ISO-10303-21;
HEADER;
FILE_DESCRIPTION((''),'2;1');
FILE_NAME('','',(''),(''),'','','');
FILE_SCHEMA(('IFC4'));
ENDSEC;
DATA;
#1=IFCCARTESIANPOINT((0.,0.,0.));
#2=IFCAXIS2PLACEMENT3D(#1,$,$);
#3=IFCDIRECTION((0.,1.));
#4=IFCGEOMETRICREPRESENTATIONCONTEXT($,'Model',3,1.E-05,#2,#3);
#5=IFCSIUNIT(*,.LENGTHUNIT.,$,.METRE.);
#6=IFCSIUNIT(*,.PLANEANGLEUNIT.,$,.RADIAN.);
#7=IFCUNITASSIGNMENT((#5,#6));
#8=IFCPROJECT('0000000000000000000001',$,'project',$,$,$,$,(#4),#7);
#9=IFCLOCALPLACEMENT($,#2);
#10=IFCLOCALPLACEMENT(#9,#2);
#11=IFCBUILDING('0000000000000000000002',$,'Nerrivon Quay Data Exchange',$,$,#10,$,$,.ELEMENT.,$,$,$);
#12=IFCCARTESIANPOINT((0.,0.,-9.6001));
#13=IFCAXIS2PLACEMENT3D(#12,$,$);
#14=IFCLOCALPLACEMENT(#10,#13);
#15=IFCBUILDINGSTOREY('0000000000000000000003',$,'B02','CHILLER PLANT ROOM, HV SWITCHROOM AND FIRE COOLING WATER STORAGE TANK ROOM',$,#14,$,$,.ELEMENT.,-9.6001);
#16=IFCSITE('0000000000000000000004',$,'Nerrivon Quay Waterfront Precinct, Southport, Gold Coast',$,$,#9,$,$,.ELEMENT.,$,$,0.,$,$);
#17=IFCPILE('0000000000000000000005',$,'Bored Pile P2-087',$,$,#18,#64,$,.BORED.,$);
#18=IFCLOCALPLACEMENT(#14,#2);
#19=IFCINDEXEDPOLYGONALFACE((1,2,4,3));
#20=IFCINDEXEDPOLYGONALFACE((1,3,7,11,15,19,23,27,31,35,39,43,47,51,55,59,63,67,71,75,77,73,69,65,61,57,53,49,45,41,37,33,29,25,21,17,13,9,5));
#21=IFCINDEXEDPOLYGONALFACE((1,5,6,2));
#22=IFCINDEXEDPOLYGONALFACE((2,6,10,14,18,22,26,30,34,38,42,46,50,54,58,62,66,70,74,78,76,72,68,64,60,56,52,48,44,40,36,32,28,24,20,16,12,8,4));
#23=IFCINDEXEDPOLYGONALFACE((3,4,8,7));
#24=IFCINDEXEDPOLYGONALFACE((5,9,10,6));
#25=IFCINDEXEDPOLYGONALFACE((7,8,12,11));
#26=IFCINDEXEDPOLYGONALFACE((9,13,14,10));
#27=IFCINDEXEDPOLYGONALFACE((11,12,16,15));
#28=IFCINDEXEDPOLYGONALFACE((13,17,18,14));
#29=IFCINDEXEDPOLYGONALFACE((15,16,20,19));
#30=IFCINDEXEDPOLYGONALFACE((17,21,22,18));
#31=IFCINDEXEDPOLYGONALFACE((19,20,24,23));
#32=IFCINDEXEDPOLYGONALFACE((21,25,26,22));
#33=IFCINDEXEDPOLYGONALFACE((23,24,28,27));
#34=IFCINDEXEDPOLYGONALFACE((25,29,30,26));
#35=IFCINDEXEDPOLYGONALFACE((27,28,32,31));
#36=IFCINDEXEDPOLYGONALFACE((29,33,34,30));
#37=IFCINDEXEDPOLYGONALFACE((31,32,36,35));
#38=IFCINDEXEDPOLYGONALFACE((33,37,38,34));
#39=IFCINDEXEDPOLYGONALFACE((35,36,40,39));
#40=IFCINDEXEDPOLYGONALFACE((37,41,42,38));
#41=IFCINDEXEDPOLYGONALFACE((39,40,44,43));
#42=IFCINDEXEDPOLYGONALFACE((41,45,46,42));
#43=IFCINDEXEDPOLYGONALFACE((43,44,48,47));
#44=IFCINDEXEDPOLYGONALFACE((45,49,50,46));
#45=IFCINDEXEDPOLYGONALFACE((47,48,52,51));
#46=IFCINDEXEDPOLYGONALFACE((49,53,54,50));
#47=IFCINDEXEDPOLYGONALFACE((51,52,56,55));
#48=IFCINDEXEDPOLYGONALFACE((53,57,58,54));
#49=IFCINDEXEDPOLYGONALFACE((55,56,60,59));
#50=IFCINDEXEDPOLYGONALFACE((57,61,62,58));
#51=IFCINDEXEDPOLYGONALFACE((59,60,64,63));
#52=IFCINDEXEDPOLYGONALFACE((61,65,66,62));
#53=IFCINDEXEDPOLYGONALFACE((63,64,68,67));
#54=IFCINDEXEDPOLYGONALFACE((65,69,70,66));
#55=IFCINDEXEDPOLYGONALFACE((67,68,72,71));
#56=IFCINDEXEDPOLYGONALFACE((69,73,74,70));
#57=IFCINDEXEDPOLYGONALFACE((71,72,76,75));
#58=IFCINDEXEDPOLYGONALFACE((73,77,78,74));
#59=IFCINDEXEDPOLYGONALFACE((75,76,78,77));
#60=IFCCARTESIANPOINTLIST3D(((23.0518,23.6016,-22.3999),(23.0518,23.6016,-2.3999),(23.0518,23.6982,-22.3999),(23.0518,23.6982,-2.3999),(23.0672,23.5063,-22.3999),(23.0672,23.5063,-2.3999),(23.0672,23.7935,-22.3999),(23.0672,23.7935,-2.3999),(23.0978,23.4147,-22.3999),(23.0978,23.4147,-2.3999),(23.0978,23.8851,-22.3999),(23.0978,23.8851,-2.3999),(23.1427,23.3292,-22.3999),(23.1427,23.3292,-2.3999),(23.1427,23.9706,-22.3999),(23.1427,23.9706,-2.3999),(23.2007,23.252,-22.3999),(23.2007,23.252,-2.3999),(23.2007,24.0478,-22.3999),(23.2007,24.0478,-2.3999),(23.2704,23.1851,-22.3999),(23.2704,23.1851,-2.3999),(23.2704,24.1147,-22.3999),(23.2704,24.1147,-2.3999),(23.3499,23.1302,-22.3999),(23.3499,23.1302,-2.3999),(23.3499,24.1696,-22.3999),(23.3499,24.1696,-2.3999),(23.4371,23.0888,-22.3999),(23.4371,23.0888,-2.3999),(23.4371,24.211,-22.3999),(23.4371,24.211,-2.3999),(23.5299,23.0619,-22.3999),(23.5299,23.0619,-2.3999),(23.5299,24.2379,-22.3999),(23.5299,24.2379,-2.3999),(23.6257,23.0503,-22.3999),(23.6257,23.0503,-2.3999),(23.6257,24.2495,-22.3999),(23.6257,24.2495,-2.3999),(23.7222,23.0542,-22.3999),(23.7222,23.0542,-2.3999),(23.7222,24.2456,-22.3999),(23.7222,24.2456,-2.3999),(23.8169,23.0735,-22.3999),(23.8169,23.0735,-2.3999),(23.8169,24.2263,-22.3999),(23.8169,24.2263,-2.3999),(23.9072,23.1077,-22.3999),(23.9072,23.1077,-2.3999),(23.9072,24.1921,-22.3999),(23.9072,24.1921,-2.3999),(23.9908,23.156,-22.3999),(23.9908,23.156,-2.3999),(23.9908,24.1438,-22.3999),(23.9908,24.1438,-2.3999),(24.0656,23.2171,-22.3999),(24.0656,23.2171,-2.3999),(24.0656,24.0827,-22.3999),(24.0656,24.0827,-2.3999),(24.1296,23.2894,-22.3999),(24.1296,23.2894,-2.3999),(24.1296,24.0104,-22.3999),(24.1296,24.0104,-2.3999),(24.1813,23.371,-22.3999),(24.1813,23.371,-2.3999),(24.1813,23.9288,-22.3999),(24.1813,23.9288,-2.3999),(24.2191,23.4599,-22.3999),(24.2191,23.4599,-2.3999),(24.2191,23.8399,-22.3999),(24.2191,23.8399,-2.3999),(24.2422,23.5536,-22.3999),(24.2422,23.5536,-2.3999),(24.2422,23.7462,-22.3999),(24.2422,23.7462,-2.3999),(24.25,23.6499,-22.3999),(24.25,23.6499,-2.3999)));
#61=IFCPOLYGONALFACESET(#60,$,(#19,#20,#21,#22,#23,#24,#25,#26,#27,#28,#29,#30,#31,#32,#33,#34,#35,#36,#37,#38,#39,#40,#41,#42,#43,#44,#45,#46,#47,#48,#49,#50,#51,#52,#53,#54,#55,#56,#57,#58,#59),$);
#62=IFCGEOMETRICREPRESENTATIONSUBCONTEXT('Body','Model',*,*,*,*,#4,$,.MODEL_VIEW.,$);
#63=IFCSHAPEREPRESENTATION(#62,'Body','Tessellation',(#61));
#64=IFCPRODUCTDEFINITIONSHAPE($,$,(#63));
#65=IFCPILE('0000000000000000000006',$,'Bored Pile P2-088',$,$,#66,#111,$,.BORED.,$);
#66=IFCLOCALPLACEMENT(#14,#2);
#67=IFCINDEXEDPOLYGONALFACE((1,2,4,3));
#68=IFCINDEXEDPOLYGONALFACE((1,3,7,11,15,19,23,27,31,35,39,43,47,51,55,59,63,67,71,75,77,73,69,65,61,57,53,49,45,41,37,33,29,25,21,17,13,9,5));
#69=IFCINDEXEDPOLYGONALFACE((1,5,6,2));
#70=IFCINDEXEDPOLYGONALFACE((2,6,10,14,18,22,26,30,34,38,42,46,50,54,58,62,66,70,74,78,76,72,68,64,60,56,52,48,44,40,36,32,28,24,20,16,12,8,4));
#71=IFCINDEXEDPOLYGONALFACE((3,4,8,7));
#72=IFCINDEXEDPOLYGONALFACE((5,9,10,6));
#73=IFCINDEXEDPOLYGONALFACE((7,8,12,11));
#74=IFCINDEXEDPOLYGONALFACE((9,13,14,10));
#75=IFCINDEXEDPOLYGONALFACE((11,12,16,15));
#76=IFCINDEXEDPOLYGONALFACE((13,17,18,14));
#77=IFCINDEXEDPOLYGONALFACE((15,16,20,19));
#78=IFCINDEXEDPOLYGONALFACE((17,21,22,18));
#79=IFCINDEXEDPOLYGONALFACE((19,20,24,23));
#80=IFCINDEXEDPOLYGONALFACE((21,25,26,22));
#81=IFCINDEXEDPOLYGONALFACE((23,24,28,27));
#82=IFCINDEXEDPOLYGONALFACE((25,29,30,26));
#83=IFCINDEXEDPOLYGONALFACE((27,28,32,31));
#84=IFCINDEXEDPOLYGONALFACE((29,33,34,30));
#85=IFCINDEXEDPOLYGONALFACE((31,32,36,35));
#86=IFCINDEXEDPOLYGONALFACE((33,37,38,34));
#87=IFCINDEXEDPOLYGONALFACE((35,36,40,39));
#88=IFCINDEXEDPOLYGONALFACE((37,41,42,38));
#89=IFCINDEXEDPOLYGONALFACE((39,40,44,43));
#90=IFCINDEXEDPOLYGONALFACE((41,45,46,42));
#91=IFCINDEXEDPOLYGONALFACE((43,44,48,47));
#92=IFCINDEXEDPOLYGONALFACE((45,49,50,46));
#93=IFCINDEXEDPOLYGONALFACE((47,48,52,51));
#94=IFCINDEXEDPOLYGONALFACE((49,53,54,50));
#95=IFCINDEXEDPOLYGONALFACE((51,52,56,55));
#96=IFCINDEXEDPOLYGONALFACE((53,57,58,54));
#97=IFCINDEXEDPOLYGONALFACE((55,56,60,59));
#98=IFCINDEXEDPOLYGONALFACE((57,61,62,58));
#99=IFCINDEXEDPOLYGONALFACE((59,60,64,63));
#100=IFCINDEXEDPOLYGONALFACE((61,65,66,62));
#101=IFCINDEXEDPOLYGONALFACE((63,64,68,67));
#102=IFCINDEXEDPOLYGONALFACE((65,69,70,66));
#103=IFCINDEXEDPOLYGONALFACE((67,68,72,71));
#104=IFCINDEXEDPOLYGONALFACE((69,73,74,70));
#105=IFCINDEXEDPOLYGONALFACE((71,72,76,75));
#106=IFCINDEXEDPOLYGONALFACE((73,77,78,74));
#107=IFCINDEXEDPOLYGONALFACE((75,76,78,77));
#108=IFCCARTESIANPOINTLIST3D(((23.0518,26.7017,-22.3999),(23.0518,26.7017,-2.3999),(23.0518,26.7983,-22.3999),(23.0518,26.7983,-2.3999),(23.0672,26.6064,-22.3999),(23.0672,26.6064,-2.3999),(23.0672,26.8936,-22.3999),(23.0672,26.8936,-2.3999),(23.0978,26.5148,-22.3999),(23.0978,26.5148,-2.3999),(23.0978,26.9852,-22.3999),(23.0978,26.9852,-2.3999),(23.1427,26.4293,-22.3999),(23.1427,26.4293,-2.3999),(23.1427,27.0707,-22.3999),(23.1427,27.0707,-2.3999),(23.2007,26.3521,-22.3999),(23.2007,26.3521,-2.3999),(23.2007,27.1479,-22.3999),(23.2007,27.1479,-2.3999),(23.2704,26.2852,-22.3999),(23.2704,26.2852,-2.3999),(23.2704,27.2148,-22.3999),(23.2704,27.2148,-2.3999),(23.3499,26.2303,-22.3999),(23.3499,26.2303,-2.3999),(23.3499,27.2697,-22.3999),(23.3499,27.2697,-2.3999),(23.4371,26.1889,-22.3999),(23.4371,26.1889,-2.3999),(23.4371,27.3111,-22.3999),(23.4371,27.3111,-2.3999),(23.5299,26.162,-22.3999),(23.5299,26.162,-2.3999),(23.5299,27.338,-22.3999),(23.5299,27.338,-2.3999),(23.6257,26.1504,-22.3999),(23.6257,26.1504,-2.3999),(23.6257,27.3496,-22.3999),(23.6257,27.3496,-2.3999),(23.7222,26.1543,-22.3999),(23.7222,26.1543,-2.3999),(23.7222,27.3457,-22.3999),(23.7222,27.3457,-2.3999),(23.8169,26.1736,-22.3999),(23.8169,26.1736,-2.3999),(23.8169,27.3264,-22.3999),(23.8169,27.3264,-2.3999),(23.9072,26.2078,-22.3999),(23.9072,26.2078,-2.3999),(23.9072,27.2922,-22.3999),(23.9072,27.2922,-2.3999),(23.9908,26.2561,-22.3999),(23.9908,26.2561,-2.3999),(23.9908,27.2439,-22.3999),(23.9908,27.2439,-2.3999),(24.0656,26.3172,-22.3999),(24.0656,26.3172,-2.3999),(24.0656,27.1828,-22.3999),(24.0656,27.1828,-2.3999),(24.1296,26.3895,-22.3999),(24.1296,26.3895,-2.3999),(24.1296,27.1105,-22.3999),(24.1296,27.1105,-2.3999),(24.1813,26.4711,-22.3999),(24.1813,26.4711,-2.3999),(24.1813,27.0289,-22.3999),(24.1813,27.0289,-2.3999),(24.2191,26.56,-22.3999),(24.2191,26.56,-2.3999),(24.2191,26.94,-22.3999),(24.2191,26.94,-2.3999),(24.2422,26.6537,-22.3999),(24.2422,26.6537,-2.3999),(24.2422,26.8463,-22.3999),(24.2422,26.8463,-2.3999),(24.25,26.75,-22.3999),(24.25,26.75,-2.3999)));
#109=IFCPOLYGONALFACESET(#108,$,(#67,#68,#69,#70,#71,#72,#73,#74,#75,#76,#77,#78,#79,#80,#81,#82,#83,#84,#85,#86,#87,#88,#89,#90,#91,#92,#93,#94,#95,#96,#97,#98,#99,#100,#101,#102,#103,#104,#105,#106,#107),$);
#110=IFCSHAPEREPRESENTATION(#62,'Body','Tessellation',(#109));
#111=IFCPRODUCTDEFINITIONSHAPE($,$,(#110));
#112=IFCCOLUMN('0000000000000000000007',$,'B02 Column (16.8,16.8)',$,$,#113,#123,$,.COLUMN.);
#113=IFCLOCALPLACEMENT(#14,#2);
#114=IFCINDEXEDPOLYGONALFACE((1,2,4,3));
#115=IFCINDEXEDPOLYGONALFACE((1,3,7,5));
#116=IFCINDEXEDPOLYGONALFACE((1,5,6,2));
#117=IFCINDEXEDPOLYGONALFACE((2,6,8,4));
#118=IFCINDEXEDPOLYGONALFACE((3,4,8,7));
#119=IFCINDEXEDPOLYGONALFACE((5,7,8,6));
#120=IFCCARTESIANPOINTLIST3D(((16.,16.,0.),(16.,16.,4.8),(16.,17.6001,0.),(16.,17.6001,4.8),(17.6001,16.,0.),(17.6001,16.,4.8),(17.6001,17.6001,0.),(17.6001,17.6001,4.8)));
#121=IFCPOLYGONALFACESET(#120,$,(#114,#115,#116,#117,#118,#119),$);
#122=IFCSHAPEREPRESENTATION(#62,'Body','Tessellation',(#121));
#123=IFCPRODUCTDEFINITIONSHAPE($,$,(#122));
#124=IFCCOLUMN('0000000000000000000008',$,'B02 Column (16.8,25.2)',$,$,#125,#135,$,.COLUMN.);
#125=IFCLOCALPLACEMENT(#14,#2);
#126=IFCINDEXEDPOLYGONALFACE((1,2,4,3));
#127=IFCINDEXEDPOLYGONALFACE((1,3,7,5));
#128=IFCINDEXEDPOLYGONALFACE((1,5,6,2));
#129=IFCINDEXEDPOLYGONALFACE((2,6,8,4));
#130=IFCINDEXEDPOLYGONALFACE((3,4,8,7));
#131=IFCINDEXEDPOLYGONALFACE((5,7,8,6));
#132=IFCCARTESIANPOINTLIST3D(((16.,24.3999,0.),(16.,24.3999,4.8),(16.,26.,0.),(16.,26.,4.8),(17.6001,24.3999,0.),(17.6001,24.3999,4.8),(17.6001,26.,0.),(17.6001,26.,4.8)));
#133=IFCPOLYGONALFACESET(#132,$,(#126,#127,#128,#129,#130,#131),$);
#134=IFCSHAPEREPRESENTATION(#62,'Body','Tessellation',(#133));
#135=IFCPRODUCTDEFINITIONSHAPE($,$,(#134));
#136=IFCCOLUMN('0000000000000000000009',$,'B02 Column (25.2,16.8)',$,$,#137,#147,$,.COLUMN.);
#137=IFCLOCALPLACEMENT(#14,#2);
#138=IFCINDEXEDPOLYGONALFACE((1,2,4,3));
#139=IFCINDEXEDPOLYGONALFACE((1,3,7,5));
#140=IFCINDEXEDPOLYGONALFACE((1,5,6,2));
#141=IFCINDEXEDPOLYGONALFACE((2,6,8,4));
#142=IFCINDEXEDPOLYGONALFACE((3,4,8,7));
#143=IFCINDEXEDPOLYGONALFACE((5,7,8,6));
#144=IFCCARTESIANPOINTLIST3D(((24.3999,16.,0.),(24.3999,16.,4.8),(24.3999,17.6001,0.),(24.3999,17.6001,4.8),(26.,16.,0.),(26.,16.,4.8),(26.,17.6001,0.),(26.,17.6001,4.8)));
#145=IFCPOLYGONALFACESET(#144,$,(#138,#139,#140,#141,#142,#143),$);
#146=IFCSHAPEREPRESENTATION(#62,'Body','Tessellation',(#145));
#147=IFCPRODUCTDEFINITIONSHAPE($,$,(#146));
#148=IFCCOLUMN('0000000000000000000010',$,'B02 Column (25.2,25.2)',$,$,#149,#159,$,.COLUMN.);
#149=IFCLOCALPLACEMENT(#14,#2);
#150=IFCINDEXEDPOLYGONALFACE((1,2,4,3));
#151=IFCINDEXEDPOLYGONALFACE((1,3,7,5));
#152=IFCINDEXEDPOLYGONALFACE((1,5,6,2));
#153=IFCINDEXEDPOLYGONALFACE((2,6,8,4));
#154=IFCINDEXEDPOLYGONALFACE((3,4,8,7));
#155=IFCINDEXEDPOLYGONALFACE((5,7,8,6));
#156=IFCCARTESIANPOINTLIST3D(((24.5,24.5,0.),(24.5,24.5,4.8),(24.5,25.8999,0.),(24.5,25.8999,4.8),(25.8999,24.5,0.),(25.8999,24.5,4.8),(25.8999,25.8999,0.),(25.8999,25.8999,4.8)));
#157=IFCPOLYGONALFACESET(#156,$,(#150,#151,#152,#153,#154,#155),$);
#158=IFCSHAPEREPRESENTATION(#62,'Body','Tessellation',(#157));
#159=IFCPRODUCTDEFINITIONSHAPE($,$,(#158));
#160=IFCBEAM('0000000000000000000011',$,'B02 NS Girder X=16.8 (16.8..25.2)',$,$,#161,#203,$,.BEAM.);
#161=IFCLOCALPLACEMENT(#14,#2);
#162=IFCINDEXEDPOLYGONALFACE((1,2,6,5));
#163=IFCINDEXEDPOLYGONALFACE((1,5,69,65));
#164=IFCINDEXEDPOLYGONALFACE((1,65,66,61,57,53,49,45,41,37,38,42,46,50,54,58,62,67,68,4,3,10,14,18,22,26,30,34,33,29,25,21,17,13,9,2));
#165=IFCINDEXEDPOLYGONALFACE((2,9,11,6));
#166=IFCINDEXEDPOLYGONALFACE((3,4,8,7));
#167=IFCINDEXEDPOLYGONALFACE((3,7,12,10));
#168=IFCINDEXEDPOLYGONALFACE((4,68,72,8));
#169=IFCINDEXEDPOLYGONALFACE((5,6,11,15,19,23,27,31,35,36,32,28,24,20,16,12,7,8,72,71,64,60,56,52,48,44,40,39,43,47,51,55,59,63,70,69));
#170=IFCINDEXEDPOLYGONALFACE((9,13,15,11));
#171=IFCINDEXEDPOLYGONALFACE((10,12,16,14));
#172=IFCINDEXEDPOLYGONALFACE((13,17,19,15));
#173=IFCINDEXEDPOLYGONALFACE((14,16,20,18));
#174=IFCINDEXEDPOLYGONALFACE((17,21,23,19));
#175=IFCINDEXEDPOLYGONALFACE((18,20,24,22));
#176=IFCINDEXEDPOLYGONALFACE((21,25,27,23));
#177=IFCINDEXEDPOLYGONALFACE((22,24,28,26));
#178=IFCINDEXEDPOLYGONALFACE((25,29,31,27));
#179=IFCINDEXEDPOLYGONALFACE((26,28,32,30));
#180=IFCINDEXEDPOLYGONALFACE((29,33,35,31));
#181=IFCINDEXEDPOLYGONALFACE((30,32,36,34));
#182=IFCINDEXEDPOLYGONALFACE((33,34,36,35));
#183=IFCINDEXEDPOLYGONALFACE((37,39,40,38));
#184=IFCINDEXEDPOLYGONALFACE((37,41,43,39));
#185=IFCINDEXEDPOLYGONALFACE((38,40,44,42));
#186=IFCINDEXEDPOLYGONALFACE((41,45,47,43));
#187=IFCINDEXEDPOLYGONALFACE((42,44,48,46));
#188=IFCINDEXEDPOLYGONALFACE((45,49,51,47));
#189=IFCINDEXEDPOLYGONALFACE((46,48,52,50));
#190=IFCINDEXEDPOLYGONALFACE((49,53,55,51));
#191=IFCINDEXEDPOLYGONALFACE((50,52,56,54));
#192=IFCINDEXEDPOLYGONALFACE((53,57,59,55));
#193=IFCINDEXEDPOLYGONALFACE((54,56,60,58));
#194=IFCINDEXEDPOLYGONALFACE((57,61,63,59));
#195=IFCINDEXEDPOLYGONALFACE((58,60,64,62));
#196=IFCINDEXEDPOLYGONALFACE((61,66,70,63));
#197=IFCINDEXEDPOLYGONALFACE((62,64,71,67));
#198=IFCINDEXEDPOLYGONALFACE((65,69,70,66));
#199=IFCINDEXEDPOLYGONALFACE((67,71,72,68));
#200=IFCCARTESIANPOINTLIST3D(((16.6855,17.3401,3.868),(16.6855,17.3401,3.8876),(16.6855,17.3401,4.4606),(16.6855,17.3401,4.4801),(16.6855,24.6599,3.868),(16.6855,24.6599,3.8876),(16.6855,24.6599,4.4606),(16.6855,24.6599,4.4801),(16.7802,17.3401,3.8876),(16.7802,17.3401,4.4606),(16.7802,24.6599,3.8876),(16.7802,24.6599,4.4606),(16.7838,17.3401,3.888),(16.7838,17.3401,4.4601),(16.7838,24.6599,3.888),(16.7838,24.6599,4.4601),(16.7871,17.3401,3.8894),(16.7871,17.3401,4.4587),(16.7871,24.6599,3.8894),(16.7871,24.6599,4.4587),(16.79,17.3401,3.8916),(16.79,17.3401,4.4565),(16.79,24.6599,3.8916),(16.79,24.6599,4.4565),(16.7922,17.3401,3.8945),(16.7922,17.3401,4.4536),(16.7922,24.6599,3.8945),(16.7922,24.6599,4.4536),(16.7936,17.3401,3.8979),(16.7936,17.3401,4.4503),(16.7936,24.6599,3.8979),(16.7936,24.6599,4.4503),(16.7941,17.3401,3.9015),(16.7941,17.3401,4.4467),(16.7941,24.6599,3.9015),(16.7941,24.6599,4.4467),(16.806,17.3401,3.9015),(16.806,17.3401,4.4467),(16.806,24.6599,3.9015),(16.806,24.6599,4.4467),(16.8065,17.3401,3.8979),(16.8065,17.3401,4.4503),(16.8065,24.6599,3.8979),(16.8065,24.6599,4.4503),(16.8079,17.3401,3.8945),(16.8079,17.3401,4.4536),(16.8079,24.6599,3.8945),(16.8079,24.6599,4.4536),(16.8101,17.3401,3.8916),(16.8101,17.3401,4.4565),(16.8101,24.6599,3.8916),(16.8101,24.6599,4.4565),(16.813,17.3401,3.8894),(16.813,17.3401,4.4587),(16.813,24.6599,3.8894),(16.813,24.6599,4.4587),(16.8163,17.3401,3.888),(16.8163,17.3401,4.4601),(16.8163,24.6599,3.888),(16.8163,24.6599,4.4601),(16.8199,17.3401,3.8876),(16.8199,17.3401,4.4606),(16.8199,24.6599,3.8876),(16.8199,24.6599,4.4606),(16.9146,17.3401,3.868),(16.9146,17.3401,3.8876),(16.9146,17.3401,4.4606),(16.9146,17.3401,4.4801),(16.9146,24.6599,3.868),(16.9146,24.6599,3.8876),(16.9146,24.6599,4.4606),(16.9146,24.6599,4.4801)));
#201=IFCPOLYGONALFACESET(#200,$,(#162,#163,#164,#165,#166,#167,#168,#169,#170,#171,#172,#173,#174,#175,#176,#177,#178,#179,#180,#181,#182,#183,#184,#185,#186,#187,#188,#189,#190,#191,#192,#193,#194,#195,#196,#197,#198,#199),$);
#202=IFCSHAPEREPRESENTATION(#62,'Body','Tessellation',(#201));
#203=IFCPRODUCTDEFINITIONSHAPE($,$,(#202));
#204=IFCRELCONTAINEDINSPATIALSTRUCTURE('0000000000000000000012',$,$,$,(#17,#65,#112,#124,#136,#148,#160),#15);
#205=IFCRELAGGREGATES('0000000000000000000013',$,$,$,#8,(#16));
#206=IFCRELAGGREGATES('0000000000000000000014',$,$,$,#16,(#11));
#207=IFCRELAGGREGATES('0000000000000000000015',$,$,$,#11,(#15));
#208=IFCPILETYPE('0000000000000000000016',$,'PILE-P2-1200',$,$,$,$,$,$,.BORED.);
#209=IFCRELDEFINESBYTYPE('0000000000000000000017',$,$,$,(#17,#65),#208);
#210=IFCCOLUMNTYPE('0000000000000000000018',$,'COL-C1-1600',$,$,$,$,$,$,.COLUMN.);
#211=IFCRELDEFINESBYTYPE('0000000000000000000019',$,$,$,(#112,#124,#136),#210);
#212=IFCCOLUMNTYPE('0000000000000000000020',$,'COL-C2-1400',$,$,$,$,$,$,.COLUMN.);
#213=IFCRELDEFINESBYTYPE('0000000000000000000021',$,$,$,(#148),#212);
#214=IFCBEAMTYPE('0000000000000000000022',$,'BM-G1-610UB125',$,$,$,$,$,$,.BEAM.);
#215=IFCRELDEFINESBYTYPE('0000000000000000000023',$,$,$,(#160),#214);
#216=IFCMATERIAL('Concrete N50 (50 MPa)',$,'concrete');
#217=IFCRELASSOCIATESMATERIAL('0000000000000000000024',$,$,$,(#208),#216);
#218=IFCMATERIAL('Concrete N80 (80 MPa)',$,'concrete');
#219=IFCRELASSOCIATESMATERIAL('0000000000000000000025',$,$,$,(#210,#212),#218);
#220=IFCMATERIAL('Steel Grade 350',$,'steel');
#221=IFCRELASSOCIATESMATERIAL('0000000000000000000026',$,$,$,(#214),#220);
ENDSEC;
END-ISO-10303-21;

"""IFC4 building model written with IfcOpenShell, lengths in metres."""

from ifc_helpers import new_model, si_unit, direction, frame, origin, origin_2d, place, context, subcontext, project, spatial, rectangle, circle, i_section, extrude, material, material_profile, profile_set, type_object, element, save


model = new_model("IFC4")

# Units and contexts
model_context = context("Model", 3, precision=1e-05, world=origin(), true_north=direction((0.0, 1.0)))
body_context = subcontext(model_context, "Body", "Model", "MODEL_VIEW")
ifc_project = project(units=[si_unit("LENGTHUNIT", "METRE"), si_unit("PLANEANGLEUNIT", "RADIAN")], contexts=[model_context])

# Site, building, storey
site_placement = place(None, origin())
site = spatial("IfcSite", under=ifc_project, at=site_placement, Name="Nerrivon Quay Waterfront Precinct, Southport, Gold Coast", CompositionType="ELEMENT", RefElevation=0.0)
building_placement = place(site_placement, origin())
building = spatial("IfcBuilding", under=site, at=building_placement, Name="Nerrivon Quay Data Exchange", CompositionType="ELEMENT")
storey_placement = place(building_placement, frame((0.0, 0.0, -9.6001)))
storey = spatial("IfcBuildingStorey", under=building, at=storey_placement, Name="B02", Description="CHILLER PLANT ROOM, HV SWITCHROOM AND FIRE COOLING WATER STORAGE TANK ROOM", CompositionType="ELEMENT", Elevation=-9.6001)

# Piles
ifc_material_1 = material(Name="Concrete N50 (50 MPa)", Category="concrete")
ifc_material_profile_1 = material_profile(ifc_material_1, circle(Radius=0.6001, at=origin_2d()), Name="PILE-1200")
ifc_profile_set_1 = profile_set([ifc_material_profile_1], Name="Concrete N50 (50 MPa)")
pile_type_1 = type_object("IfcPileType", Name="PILE-P2-1200", PredefinedType="BORED", material=ifc_profile_set_1)
for number, where, z_axis, x_axis, name in (
    (1, (23.6499, 23.6499, -2.3999), (0.0, 0.0, -1.0), (1.0, 0.0, 0.0), "Bored Pile P2-087"),
    (2, (23.6499, 26.75, -2.3999), (0.0, 0.0, -1.0), (1.0, 0.0, 0.0), "Bored Pile P2-088"),
):
    element("IfcPile", number, at=place(storey_placement, frame(where, z_axis=z_axis, x_axis=x_axis)), inside=storey, type_object=pile_type_1, Name=name, PredefinedType="BORED", context=body_context, shape_type="SweptSolid", body=[
        extrude(circle(Radius=0.6001, at=origin_2d()), origin(), (0.0, 0.0, 1.0), 20.0),
    ])

# Columns
ifc_material_2 = material(Name="Concrete N80 (80 MPa)", Category="concrete")
ifc_material_profile_2 = material_profile(ifc_material_2, rectangle(XDim=1.6001, YDim=1.6001, at=origin_2d()), Name="RC-COL-1600x1600")
ifc_profile_set_2 = profile_set([ifc_material_profile_2], Name="Concrete N80 (80 MPa)")
column_type_1 = type_object("IfcColumnType", Name="COL-C1-1600", PredefinedType="COLUMN", material=ifc_profile_set_2)
for number, where, z_axis, x_axis, name in (
    (3, (16.8, 16.8, 0.0), (0.0, 0.0, 1.0), (1.0, 0.0, 0.0), "B02 Column (16.8,16.8)"),
    (4, (16.8, 25.2, 0.0), (0.0, 0.0, 1.0), (1.0, 0.0, 0.0), "B02 Column (16.8,25.2)"),
    (5, (25.2, 16.8, 0.0), (0.0, 0.0, 1.0), (1.0, 0.0, 0.0), "B02 Column (25.2,16.8)"),
):
    element("IfcColumn", number, at=place(storey_placement, frame(where, z_axis=z_axis, x_axis=x_axis)), inside=storey, type_object=column_type_1, Name=name, PredefinedType="COLUMN", context=body_context, shape_type="SweptSolid", body=[
        extrude(rectangle(XDim=1.6001, YDim=1.6001, at=origin_2d()), origin(), (0.0, 0.0, 1.0), 4.8),
    ])
ifc_material_profile_3 = material_profile(ifc_material_2, rectangle(XDim=1.3999, YDim=1.3999, at=origin_2d()), Name="RC-COL-1400x1400")
ifc_profile_set_3 = profile_set([ifc_material_profile_3], Name="Concrete N80 (80 MPa)")
column_type_2 = type_object("IfcColumnType", Name="COL-C2-1400", PredefinedType="COLUMN", material=ifc_profile_set_3)
column_placement = place(storey_placement, frame((25.2, 25.2, 0.0), z_axis=(0.0, 0.0, 1.0), x_axis=(1.0, 0.0, 0.0)))
element("IfcColumn", 6, at=column_placement, inside=storey, type_object=column_type_2, Name="B02 Column (25.2,25.2)", PredefinedType="COLUMN", context=body_context, shape_type="SweptSolid", body=[
    extrude(rectangle(XDim=1.3999, YDim=1.3999, at=origin_2d()), origin(), (0.0, 0.0, 1.0), 4.8),
])

# Beam
ifc_material_3 = material(Name="Steel Grade 350", Category="steel")
ifc_material_profile_4 = material_profile(ifc_material_3, i_section(OverallWidth=0.229, OverallDepth=0.6121, WebThickness=0.012, FlangeThickness=0.0195, FilletRadius=0.0139, at=origin_2d()), Name="610UB125")
ifc_profile_set_4 = profile_set([ifc_material_profile_4], Name="Steel Grade 350")
beam_type_1 = type_object("IfcBeamType", Name="BM-G1-610UB125", PredefinedType="BEAM", material=ifc_profile_set_4)
beam_1_placement = place(storey_placement, frame((16.8, 17.3401, 4.1741), z_axis=(0.0, 1.0, 0.0), x_axis=(-1.0, 0.0, 0.0)))
element("IfcBeam", 7, at=beam_1_placement, inside=storey, type_object=beam_type_1, Name="B02 NS Girder X=16.8 (16.8..25.2)", PredefinedType="BEAM", context=body_context, shape_type="SweptSolid", body=[
    extrude(i_section(OverallWidth=0.229, OverallDepth=0.6121, WebThickness=0.012, FlangeThickness=0.0195, FilletRadius=0.0139, at=origin_2d()), origin(), (0.0, 0.0, 1.0), 7.3198),
])

save(model, "model.ifc")
